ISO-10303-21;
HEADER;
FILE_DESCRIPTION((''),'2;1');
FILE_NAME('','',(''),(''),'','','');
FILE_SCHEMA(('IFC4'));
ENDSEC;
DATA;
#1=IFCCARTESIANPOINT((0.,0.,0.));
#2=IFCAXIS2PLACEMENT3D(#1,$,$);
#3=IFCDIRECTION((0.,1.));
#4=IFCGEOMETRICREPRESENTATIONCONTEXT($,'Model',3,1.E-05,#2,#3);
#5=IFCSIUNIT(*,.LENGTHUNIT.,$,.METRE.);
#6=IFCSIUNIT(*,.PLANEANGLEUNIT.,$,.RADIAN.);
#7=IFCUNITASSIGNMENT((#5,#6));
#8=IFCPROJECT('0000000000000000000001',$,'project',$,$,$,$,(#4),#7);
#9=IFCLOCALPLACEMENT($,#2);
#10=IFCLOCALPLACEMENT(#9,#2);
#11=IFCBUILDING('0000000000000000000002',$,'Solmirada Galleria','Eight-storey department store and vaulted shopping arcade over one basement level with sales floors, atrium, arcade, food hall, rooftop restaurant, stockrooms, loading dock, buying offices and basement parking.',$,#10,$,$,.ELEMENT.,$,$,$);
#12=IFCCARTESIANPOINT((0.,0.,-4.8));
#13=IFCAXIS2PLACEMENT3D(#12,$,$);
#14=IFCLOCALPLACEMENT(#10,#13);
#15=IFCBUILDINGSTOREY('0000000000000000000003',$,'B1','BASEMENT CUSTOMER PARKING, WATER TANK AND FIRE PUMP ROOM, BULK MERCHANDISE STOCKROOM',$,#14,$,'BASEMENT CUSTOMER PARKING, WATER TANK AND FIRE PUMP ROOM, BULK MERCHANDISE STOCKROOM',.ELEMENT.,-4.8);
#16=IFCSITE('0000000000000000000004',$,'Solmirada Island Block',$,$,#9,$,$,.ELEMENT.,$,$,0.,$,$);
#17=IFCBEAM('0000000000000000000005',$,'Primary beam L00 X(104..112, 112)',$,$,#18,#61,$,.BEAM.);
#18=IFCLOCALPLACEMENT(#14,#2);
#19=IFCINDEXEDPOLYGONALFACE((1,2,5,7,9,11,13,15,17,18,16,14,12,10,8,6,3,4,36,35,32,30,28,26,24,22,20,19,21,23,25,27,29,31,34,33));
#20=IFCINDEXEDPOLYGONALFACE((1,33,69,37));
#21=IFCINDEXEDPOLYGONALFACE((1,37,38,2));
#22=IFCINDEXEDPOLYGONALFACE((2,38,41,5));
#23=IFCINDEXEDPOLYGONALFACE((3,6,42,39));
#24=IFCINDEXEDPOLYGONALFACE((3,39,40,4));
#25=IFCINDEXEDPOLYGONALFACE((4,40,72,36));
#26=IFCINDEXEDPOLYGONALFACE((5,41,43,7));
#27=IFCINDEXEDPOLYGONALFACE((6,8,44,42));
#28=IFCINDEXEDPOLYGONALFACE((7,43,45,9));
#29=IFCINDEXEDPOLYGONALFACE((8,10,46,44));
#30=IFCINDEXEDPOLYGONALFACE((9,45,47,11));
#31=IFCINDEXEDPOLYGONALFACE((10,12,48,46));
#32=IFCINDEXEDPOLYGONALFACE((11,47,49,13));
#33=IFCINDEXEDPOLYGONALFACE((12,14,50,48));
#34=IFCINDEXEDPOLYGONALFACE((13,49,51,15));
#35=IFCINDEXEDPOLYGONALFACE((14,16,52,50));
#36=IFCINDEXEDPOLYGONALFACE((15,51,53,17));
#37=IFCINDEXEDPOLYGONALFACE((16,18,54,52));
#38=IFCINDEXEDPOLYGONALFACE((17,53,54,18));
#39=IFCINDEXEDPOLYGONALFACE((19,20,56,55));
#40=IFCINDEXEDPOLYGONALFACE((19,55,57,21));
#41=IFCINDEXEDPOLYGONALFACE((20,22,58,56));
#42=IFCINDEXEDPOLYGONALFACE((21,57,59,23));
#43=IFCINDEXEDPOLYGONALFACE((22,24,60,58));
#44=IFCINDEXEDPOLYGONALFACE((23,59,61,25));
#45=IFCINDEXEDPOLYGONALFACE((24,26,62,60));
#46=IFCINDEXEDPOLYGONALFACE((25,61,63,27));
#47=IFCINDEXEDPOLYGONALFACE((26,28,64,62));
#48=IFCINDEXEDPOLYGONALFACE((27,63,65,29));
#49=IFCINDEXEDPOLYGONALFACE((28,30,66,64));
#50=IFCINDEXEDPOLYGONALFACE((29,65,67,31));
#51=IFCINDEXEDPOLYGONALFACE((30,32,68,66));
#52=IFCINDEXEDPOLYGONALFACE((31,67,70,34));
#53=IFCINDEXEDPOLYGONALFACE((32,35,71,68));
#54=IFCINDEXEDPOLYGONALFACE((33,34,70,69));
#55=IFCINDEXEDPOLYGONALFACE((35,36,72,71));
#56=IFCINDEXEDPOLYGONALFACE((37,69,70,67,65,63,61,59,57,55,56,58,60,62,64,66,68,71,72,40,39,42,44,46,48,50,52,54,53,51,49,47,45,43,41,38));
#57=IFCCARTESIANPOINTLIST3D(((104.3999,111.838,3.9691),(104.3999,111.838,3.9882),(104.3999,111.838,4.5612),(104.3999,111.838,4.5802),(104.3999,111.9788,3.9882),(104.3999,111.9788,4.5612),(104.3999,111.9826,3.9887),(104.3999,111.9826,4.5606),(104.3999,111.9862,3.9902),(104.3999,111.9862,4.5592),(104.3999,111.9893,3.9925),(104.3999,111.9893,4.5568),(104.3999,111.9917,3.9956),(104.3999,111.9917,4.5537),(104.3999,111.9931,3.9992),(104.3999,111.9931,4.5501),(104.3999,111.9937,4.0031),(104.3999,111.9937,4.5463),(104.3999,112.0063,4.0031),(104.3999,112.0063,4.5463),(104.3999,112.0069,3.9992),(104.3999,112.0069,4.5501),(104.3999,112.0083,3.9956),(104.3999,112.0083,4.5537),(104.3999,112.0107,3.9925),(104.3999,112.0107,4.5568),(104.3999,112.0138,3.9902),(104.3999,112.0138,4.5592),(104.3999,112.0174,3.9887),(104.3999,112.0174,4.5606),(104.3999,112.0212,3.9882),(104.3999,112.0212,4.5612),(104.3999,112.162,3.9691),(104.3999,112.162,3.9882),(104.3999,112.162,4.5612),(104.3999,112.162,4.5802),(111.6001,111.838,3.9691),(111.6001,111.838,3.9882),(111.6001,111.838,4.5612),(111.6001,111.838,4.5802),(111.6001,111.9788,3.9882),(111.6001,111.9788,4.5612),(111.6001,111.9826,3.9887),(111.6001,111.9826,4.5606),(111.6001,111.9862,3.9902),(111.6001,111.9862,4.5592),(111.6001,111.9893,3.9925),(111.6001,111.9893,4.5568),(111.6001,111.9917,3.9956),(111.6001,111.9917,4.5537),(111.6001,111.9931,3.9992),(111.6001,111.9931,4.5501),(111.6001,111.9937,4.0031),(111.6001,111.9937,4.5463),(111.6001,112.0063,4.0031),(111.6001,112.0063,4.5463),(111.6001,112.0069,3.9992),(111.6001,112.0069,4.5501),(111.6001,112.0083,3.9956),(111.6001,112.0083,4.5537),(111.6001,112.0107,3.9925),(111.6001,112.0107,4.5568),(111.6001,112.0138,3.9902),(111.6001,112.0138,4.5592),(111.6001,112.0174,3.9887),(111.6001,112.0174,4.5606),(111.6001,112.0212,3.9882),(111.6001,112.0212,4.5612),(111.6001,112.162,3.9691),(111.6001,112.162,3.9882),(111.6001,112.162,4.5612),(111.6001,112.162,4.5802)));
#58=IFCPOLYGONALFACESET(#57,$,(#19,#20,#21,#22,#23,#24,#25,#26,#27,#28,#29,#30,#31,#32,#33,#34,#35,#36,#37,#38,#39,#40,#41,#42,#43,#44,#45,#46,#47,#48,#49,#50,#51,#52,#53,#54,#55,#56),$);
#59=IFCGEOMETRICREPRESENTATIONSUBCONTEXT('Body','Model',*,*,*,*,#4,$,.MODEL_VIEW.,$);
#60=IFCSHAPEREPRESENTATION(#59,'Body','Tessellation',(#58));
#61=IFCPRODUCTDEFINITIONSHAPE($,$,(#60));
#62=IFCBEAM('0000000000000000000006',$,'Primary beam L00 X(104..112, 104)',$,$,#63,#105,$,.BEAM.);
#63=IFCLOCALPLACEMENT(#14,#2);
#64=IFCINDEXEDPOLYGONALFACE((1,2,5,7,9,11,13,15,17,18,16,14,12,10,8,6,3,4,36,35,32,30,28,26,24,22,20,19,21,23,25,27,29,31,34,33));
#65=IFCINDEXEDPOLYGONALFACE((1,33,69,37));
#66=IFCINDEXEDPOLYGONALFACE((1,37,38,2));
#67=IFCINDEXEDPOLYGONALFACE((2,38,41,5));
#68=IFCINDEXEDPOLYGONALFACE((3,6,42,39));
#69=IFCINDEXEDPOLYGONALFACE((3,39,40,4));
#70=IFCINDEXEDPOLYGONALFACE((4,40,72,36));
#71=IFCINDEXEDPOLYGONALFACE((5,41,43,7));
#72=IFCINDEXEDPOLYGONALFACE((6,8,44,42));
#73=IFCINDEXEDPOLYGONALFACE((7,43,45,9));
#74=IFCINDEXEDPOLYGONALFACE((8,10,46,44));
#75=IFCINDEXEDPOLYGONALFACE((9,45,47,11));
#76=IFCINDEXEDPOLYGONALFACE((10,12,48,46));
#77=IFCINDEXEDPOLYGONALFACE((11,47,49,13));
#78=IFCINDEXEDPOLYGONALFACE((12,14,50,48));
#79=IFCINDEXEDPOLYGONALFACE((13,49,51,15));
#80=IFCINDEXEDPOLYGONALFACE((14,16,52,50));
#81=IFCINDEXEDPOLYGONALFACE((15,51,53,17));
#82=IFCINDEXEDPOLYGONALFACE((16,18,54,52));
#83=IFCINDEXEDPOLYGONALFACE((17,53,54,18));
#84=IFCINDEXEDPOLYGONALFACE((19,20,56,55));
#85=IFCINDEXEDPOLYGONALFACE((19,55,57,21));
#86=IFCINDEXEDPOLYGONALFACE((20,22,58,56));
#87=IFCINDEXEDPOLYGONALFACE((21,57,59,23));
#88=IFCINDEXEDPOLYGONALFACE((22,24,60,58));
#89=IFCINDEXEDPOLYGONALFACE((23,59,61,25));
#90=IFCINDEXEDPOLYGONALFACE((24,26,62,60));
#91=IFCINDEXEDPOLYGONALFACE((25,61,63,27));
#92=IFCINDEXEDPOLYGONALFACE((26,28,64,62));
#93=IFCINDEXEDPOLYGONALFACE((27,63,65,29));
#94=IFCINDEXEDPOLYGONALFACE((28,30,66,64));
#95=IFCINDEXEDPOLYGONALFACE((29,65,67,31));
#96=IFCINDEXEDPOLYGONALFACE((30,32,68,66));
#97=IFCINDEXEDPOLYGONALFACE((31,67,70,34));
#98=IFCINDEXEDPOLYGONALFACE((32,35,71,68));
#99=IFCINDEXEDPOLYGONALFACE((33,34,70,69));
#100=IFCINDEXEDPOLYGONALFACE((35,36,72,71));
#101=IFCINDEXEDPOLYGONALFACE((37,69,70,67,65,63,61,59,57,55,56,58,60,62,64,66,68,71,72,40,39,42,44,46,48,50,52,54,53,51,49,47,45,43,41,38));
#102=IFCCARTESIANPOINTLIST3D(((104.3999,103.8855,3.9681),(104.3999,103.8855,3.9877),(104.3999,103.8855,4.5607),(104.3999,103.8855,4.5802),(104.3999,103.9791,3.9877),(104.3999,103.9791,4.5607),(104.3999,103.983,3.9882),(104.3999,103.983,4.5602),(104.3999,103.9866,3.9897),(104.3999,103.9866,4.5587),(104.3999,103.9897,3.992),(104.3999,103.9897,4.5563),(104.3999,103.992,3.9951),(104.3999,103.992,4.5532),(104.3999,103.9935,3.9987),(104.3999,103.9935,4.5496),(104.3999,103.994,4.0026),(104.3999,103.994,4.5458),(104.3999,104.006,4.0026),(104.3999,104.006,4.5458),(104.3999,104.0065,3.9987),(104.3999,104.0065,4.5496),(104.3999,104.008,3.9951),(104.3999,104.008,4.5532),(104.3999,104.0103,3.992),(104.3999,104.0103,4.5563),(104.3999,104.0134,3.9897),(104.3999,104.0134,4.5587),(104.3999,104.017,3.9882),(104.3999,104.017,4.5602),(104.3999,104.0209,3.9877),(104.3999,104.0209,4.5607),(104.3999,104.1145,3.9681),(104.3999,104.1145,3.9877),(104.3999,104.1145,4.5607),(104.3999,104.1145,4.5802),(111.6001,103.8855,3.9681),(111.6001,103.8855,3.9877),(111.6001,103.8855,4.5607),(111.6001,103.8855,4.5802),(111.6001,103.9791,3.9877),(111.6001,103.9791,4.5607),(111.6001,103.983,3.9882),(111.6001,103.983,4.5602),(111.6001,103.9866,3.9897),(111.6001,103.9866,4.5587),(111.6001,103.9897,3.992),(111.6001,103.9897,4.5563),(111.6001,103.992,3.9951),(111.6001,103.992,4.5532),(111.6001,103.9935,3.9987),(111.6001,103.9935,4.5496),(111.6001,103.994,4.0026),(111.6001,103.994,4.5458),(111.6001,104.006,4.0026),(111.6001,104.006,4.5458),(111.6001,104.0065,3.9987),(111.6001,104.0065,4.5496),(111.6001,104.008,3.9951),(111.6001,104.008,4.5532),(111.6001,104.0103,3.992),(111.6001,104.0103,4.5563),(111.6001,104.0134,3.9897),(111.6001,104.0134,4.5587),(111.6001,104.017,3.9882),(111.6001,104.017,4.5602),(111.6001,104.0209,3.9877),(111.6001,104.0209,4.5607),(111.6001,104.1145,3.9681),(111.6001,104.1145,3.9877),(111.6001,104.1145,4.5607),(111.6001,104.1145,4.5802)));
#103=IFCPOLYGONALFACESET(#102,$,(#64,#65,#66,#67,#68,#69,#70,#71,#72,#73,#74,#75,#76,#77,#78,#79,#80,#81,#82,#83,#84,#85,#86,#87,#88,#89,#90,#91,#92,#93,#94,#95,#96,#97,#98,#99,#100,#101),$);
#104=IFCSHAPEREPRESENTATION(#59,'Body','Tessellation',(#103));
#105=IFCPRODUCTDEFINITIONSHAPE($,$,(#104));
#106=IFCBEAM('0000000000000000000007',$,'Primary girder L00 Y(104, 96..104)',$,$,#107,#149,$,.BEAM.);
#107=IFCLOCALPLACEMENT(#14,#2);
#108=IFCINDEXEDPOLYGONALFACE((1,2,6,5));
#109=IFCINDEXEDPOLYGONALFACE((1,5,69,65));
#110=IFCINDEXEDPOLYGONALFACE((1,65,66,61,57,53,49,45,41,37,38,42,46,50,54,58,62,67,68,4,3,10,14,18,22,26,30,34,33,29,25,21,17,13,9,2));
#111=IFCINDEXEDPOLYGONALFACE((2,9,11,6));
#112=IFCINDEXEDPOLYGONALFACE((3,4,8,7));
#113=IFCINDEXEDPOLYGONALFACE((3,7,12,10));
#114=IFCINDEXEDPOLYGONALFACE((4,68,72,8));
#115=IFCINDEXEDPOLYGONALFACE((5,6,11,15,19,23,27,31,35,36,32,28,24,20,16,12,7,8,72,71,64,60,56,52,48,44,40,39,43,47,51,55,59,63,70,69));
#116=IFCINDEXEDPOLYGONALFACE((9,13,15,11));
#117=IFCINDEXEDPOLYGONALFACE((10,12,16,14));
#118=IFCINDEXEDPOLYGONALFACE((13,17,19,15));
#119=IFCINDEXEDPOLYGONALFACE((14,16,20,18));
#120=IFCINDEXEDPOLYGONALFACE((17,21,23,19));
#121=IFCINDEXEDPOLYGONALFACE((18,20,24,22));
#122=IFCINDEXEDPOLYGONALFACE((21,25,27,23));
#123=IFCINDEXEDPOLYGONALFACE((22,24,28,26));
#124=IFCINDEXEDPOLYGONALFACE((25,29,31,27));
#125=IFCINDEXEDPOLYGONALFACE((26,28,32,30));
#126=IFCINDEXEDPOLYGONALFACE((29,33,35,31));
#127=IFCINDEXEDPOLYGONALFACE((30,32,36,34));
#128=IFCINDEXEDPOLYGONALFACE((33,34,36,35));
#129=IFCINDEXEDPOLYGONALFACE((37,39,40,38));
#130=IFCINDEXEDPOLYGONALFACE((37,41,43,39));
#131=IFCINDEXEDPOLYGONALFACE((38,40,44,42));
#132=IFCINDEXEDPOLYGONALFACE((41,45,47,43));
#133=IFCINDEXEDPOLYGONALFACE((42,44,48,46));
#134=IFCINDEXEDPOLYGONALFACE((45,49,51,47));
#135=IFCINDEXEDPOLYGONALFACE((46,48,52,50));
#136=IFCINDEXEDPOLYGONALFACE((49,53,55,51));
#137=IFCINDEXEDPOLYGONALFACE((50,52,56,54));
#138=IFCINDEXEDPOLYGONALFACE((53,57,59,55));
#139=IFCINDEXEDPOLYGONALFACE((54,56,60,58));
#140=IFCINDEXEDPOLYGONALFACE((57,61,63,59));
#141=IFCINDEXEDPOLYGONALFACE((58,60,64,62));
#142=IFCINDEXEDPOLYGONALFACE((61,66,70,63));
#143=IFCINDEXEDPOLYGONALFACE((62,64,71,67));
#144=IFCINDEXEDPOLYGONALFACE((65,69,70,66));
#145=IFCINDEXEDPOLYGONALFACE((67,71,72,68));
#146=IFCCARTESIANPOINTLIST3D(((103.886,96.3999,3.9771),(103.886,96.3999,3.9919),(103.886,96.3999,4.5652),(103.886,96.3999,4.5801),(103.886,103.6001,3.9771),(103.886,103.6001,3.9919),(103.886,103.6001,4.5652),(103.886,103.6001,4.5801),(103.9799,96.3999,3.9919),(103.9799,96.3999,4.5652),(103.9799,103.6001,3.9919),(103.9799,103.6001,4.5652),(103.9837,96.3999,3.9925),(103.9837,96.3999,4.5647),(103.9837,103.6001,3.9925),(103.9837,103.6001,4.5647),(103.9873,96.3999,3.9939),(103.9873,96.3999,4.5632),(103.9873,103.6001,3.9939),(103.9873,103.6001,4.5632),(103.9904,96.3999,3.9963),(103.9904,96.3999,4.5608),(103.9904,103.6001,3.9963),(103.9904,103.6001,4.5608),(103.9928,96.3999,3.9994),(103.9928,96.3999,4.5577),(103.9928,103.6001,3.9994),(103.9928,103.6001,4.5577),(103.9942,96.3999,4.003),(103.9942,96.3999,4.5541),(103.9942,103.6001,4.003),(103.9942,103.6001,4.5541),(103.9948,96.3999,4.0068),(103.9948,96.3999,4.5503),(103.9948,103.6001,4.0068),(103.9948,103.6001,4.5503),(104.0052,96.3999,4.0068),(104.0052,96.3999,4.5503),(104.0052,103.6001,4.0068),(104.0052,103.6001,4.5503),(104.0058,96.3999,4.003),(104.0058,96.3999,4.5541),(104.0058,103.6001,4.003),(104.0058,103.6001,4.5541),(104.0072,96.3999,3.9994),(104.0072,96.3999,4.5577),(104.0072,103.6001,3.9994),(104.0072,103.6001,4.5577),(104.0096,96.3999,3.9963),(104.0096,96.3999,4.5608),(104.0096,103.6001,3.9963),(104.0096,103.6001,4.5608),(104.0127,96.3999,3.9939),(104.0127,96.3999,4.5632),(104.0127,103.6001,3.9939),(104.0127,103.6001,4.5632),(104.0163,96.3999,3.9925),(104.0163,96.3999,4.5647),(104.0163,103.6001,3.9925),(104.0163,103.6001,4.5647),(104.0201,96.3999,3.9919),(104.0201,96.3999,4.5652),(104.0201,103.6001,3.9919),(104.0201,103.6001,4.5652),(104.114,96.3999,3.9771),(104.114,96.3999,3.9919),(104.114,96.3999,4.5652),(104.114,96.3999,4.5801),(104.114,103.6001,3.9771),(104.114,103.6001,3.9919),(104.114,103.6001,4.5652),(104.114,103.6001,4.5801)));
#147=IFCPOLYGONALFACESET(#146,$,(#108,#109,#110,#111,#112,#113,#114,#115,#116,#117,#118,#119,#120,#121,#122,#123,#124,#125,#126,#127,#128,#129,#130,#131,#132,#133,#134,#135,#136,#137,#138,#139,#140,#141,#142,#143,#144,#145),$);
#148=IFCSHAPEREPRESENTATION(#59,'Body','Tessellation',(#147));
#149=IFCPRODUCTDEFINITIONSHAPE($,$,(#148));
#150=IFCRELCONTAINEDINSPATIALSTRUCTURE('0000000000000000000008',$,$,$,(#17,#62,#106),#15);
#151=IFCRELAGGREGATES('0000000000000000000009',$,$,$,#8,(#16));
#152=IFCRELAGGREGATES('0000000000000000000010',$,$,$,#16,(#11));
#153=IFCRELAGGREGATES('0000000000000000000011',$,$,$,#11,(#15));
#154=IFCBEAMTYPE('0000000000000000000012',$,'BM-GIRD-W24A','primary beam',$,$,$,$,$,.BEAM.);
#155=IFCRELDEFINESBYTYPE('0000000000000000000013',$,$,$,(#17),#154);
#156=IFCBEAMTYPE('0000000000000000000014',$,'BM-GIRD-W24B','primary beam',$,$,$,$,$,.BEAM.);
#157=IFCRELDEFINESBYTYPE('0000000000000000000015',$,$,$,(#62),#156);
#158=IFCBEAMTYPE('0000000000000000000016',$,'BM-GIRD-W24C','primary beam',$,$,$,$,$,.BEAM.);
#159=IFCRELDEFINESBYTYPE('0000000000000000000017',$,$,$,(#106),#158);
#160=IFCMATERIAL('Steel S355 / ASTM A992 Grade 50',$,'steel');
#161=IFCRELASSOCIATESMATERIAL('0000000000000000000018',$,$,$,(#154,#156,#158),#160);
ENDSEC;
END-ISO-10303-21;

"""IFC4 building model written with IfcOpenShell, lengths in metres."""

from ifc_helpers import new_model, si_unit, direction, frame, origin, origin_2d, place, context, subcontext, project, spatial, i_section, extrude, material, material_profile, profile_set, type_object, element, save


model = new_model("IFC4")

# Units and contexts
model_context = context("Model", 3, precision=1e-05, world=origin(), true_north=direction((0.0, 1.0)))
body_context = subcontext(model_context, "Body", "Model", "MODEL_VIEW")
ifc_project = project(units=[si_unit("LENGTHUNIT", "METRE"), si_unit("PLANEANGLEUNIT", "RADIAN")], contexts=[model_context])

# Site, building, storey
site_placement = place(None, origin())
site = spatial("IfcSite", under=ifc_project, at=site_placement, Name="Solmirada Island Block", CompositionType="ELEMENT", RefElevation=0.0)
building_placement = place(site_placement, origin())
building = spatial("IfcBuilding", under=site, at=building_placement, Name="Solmirada Galleria", Description="Eight-storey department store and vaulted shopping arcade over one basement level with sales floors, atrium, arcade, food hall, rooftop restaurant, stockrooms, loading dock, buying offices and basement parking.", CompositionType="ELEMENT")
storey_placement = place(building_placement, frame((0.0, 0.0, -4.8)))
storey = spatial("IfcBuildingStorey", under=building, at=storey_placement, Name="B1", Description="BASEMENT CUSTOMER PARKING, WATER TANK AND FIRE PUMP ROOM, BULK MERCHANDISE STOCKROOM", LongName="BASEMENT CUSTOMER PARKING, WATER TANK AND FIRE PUMP ROOM, BULK MERCHANDISE STOCKROOM", CompositionType="ELEMENT", Elevation=-4.8)

# Beams
ifc_material_1 = material(Name="Steel S355 / ASTM A992 Grade 50", Category="steel")
ifc_material_profile_1 = material_profile(ifc_material_1, i_section(OverallWidth=0.324, OverallDepth=0.6111, WebThickness=0.0127, FlangeThickness=0.019, FilletRadius=0.0149, at=origin_2d()), Name="W24X104")
ifc_profile_set_1 = profile_set([ifc_material_profile_1], Name="Steel S355 / ASTM A992 Grade 50")
beam_type_1 = type_object("IfcBeamType", Name="BM-GIRD-W24A", Description="primary beam", PredefinedType="BEAM", material=ifc_profile_set_1)
beam_1_placement = place(storey_placement, frame((104.3999, 112.0, 4.2747), z_axis=(1.0, 0.0, 0.0), x_axis=(0.0, 1.0, 0.0)))
element("IfcBeam", 1, at=beam_1_placement, inside=storey, type_object=beam_type_1, Name="Primary beam L00 X(104..112, 112)", PredefinedType="BEAM", context=body_context, shape_type="SweptSolid", body=[
    extrude(i_section(OverallWidth=0.324, OverallDepth=0.6111, WebThickness=0.0127, FlangeThickness=0.019, FilletRadius=0.0149, at=origin_2d()), origin(), (0.0, 0.0, 1.0), 7.2002),
])
ifc_material_profile_2 = material_profile(ifc_material_1, i_section(OverallWidth=0.229, OverallDepth=0.6121, WebThickness=0.012, FlangeThickness=0.0195, FilletRadius=0.0149, at=origin_2d()), Name="W24X84")
ifc_profile_set_2 = profile_set([ifc_material_profile_2], Name="Steel S355 / ASTM A992 Grade 50")
beam_type_2 = type_object("IfcBeamType", Name="BM-GIRD-W24B", Description="primary beam", PredefinedType="BEAM", material=ifc_profile_set_2)
beam_2_placement = place(storey_placement, frame((104.3999, 104.0, 4.2742), z_axis=(1.0, 0.0, 0.0), x_axis=(0.0, 1.0, 0.0)))
element("IfcBeam", 2, at=beam_2_placement, inside=storey, type_object=beam_type_2, Name="Primary beam L00 X(104..112, 104)", PredefinedType="BEAM", context=body_context, shape_type="SweptSolid", body=[
    extrude(i_section(OverallWidth=0.229, OverallDepth=0.6121, WebThickness=0.012, FlangeThickness=0.0195, FilletRadius=0.0149, at=origin_2d()), origin(), (0.0, 0.0, 1.0), 7.2002),
])
ifc_material_profile_3 = material_profile(ifc_material_1, i_section(OverallWidth=0.228, OverallDepth=0.603, WebThickness=0.0105, FlangeThickness=0.0149, FilletRadius=0.0149, at=origin_2d()), Name="W24X68")
ifc_profile_set_3 = profile_set([ifc_material_profile_3], Name="Steel S355 / ASTM A992 Grade 50")
beam_type_3 = type_object("IfcBeamType", Name="BM-GIRD-W24C", Description="primary beam", PredefinedType="BEAM", material=ifc_profile_set_3)
beam_3_placement = place(storey_placement, frame((104.0, 96.3999, 4.2786), z_axis=(0.0, 1.0, 0.0), x_axis=(-1.0, 0.0, 0.0)))
element("IfcBeam", 3, at=beam_3_placement, inside=storey, type_object=beam_type_3, Name="Primary girder L00 Y(104, 96..104)", PredefinedType="BEAM", context=body_context, shape_type="SweptSolid", body=[
    extrude(i_section(OverallWidth=0.228, OverallDepth=0.603, WebThickness=0.0105, FlangeThickness=0.0149, FilletRadius=0.0149, at=origin_2d()), origin(), (0.0, 0.0, 1.0), 7.2002),
])

save(model, "model.ifc")
